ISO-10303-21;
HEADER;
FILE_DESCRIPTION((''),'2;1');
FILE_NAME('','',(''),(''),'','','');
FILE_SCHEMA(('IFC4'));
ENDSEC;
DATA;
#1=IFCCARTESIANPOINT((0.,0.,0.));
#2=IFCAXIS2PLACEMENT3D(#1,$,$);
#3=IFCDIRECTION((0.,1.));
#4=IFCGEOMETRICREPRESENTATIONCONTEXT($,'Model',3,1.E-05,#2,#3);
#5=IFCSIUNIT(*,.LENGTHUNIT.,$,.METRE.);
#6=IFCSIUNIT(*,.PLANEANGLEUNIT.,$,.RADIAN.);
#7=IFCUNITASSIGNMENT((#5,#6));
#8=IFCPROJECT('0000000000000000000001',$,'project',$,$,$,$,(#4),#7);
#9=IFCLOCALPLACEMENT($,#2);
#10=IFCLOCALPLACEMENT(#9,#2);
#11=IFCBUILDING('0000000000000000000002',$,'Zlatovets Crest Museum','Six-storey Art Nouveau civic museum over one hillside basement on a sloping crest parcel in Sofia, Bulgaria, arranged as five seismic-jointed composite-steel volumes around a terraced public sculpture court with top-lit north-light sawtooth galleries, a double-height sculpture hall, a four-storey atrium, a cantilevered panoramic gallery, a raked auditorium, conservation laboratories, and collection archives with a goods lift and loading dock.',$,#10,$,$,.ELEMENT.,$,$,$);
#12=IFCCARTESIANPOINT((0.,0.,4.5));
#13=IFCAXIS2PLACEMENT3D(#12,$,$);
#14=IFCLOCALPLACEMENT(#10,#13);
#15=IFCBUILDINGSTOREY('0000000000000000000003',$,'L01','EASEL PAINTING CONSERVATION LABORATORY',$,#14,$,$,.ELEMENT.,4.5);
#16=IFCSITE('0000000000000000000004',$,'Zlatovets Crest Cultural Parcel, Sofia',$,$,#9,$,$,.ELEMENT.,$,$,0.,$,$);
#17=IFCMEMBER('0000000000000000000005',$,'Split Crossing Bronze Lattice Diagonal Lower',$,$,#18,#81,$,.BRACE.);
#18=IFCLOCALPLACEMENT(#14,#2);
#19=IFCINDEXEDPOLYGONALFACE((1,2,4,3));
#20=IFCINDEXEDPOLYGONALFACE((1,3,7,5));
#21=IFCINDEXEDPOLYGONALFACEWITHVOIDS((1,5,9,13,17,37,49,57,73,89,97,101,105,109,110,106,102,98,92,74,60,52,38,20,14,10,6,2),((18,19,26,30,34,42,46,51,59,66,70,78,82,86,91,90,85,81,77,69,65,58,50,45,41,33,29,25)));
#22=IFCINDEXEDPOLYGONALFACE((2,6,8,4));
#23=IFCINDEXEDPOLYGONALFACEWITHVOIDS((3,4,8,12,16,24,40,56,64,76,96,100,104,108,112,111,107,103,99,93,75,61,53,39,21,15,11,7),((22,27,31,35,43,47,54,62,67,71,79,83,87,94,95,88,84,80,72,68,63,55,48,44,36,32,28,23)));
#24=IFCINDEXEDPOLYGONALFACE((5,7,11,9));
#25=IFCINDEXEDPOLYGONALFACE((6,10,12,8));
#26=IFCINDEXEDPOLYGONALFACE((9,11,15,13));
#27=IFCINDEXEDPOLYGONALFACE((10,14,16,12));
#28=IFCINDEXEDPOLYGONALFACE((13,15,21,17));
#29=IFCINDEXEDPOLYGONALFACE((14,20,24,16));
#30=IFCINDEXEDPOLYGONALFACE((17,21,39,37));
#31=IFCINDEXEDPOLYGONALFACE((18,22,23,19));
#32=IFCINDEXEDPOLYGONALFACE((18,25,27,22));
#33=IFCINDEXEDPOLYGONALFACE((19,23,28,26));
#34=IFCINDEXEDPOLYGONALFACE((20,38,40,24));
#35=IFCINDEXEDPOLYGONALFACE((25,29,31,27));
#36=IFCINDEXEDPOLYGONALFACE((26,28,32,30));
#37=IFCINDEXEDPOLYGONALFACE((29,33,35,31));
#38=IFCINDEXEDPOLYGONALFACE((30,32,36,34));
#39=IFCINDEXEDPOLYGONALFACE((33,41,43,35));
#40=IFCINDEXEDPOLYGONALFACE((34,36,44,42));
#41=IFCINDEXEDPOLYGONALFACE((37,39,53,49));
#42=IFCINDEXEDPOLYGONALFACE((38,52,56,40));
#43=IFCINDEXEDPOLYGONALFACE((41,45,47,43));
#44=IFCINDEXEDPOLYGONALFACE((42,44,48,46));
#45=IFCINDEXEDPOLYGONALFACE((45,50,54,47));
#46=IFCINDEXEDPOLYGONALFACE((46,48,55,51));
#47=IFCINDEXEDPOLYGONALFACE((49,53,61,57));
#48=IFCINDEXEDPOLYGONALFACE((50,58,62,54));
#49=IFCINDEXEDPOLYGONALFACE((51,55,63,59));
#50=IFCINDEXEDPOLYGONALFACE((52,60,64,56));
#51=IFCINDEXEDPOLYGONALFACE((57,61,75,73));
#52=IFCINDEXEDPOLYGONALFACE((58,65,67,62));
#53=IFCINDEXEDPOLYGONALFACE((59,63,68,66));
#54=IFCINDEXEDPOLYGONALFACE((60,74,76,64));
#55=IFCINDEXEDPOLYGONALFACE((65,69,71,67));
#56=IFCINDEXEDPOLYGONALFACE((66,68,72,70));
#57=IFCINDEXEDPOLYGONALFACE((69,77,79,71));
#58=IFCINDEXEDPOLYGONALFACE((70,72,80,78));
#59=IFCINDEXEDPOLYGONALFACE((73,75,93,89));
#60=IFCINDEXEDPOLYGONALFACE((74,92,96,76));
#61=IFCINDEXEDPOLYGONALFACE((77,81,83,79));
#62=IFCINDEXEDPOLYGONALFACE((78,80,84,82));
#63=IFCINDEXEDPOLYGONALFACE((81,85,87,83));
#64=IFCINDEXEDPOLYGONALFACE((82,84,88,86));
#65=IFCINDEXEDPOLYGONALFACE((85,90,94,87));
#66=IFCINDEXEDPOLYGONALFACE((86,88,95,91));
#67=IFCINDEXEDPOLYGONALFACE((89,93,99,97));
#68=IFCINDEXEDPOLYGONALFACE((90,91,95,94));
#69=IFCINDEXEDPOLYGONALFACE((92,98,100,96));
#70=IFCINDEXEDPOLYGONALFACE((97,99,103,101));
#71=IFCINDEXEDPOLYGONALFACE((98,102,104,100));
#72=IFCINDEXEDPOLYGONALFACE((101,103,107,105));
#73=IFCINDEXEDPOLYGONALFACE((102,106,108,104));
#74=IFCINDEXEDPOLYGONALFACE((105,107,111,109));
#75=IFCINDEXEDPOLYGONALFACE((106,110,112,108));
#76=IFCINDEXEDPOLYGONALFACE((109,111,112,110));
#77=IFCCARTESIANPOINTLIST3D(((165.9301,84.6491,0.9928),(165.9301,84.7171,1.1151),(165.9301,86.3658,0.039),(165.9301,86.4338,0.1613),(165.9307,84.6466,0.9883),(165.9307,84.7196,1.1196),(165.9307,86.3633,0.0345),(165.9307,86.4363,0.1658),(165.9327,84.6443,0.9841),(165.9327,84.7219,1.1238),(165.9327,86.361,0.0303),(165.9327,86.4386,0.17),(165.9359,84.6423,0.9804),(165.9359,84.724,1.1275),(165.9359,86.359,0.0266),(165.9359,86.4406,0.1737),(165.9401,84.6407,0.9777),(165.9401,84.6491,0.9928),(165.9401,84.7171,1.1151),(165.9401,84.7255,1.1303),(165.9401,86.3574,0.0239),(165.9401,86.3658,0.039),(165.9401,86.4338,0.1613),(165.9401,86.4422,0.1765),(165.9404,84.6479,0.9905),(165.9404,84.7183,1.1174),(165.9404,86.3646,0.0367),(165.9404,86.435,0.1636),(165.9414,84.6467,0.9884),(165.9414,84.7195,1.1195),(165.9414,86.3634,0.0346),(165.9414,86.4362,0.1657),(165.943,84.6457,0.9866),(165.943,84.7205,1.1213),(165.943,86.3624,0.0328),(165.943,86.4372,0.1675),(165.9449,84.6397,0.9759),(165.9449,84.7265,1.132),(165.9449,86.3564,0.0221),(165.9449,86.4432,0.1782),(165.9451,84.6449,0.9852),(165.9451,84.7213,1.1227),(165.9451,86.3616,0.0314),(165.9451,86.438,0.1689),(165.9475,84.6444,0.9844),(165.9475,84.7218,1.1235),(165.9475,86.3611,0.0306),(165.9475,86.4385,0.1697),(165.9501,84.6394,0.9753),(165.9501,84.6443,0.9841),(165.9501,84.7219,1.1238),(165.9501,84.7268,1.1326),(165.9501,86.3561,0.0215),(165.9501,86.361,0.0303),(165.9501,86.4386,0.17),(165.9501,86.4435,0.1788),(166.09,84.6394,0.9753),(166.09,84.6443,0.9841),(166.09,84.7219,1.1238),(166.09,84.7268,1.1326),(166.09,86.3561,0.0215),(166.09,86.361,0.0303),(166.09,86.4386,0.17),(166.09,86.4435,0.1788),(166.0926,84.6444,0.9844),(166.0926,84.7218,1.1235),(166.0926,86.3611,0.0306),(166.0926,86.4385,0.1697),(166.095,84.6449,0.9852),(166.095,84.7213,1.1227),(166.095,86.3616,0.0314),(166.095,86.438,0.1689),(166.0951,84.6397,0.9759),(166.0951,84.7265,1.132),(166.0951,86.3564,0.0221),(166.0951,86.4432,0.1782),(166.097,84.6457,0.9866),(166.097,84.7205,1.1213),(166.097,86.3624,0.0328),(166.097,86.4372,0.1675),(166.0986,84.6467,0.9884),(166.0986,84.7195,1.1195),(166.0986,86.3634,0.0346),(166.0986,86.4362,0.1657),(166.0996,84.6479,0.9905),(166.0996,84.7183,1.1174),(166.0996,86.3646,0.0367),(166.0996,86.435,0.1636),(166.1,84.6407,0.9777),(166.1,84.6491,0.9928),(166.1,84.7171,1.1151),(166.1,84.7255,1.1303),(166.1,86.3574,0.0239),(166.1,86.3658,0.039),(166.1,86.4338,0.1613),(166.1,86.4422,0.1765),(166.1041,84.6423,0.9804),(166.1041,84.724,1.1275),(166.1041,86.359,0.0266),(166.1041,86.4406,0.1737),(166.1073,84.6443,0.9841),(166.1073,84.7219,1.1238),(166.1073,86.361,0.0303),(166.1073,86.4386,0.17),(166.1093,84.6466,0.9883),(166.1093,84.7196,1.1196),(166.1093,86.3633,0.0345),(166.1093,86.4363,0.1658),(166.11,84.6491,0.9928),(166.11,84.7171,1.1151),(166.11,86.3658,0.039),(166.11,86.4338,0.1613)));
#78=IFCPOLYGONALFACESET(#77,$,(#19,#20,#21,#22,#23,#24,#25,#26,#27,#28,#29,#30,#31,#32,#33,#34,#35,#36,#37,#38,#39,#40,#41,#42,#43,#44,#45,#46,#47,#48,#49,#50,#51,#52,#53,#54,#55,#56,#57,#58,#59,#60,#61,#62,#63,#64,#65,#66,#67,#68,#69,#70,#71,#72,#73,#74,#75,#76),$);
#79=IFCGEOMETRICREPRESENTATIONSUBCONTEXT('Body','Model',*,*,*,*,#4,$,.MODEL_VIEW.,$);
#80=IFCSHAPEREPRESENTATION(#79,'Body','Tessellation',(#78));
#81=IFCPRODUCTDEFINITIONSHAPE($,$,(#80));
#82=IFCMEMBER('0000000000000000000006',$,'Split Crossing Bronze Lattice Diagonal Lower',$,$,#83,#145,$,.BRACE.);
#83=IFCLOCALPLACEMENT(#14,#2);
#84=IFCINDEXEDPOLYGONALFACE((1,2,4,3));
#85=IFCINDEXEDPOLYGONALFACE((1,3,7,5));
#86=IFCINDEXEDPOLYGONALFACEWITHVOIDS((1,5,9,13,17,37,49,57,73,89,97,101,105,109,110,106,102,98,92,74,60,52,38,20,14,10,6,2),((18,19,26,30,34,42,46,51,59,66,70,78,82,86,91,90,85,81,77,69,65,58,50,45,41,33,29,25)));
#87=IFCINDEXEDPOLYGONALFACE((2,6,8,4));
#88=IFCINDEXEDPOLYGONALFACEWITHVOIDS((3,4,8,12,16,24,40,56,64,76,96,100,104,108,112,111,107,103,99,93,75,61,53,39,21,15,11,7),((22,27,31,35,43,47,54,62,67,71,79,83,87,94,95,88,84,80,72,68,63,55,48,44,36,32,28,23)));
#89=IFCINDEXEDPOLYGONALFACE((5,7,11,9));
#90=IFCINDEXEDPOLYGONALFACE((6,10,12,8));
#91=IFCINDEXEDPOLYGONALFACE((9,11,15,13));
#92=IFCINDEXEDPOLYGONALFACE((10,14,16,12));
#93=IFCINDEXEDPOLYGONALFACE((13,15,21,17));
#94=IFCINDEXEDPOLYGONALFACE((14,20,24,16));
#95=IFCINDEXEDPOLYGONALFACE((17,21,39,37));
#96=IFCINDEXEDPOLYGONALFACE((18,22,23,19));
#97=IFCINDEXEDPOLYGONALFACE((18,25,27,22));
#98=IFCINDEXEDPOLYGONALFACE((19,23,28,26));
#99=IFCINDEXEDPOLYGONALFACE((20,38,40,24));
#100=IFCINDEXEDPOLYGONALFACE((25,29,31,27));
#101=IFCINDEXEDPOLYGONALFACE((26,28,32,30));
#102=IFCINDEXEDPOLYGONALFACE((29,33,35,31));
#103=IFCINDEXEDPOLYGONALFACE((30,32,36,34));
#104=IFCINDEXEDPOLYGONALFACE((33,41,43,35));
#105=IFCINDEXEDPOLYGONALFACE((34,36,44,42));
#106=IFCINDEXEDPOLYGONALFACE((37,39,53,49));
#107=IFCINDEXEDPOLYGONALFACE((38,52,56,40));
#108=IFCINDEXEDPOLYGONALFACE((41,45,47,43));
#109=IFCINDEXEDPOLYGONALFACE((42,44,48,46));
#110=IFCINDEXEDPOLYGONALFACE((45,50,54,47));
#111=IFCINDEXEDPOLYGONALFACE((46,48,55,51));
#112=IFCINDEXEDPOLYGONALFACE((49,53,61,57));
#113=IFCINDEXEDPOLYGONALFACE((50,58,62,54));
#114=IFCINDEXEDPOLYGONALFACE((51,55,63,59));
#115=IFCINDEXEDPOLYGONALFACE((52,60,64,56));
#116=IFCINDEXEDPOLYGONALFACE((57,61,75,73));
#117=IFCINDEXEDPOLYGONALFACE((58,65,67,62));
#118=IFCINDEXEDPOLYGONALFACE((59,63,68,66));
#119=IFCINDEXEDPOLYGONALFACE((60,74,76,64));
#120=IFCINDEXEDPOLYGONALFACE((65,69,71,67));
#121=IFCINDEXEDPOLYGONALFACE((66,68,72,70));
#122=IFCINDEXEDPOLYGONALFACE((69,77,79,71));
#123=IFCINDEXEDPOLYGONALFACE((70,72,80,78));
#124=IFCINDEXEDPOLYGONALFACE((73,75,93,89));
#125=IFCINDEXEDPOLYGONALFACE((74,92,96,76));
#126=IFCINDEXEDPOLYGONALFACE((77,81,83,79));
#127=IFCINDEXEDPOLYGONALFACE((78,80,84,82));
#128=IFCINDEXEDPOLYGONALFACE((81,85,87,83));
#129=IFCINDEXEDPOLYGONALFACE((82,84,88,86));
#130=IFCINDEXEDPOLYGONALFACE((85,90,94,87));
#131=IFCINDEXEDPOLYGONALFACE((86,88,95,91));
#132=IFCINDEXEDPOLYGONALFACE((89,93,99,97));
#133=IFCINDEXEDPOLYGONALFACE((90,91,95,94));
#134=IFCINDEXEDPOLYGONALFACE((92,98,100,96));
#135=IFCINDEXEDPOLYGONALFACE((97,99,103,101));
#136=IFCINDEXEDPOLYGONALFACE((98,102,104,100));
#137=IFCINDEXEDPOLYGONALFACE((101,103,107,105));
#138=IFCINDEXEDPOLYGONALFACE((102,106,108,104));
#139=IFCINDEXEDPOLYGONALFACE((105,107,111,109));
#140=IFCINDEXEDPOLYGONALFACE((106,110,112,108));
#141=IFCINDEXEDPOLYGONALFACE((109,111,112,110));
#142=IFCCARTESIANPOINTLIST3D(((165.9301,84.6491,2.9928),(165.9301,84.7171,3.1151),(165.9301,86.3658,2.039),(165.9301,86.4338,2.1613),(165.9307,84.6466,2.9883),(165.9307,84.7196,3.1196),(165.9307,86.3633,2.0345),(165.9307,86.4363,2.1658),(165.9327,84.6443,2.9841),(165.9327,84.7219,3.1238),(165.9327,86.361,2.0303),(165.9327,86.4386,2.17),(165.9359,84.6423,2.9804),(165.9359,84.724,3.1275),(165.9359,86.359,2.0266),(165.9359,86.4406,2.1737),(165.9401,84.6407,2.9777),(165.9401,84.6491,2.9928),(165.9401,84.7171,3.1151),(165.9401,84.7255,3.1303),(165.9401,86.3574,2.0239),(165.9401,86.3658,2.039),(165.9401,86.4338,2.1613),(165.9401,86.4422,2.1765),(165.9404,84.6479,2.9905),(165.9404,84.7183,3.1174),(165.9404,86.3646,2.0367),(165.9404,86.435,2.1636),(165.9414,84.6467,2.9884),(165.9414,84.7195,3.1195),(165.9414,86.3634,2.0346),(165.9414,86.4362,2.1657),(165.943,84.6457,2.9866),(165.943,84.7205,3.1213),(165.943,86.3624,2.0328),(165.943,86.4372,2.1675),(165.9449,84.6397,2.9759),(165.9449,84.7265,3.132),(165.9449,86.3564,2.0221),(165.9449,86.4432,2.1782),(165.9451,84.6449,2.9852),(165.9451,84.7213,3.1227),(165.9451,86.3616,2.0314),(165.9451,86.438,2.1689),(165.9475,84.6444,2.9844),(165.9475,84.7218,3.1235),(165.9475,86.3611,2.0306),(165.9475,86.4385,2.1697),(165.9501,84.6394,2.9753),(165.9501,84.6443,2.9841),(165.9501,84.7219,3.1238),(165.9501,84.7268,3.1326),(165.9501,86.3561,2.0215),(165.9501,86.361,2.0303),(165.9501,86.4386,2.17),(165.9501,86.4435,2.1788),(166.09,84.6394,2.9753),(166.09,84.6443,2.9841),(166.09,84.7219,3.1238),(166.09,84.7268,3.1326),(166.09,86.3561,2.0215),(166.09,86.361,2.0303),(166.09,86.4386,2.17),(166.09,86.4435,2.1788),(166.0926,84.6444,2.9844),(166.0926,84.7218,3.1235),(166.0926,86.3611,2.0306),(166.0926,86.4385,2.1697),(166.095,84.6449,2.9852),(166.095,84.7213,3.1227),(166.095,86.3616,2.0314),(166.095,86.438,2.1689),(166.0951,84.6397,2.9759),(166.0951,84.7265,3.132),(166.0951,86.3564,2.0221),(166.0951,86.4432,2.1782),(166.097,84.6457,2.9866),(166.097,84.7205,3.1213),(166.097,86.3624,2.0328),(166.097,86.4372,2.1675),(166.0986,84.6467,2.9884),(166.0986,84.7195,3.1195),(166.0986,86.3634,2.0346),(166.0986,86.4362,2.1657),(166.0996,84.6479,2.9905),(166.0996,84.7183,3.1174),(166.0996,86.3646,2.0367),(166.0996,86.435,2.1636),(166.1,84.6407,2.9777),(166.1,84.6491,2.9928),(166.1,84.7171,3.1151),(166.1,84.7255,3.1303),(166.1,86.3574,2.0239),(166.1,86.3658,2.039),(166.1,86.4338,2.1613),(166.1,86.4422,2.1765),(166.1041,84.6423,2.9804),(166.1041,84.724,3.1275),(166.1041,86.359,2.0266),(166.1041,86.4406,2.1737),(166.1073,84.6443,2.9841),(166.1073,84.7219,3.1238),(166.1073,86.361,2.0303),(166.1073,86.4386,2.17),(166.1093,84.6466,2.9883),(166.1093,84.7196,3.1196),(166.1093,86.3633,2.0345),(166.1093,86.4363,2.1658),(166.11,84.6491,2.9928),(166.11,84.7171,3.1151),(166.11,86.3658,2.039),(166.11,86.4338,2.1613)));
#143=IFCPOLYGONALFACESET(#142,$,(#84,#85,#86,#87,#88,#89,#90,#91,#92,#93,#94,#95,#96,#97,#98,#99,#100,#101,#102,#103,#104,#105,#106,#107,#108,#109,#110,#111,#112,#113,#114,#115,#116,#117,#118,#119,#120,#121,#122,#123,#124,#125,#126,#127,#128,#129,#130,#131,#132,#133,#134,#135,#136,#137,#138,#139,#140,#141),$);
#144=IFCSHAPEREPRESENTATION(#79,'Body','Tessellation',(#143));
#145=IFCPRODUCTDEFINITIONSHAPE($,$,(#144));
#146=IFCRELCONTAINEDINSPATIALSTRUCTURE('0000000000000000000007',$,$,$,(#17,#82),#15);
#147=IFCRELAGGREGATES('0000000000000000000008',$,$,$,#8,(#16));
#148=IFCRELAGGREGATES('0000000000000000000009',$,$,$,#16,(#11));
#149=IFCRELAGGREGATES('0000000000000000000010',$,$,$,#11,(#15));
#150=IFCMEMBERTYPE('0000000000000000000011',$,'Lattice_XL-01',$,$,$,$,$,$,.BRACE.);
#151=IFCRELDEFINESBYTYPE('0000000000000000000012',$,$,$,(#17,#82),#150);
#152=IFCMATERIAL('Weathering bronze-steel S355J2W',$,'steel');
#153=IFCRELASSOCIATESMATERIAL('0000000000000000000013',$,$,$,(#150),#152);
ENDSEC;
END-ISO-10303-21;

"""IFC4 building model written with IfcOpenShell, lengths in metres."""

from ifc_helpers import new_model, si_unit, direction, frame, origin, origin_2d, place, context, subcontext, project, spatial, hollow_rectangle, extrude, material, material_profile, profile_set, type_object, element, save


model = new_model("IFC4")

# Units and contexts
model_context = context("Model", 3, precision=1e-05, world=origin(), true_north=direction((0.0, 1.0)))
body_context = subcontext(model_context, "Body", "Model", "MODEL_VIEW")
ifc_project = project(units=[si_unit("LENGTHUNIT", "METRE"), si_unit("PLANEANGLEUNIT", "RADIAN")], contexts=[model_context])

# Site, building, storey
site_placement = place(None, origin())
site = spatial("IfcSite", under=ifc_project, at=site_placement, Name="Zlatovets Crest Cultural Parcel, Sofia", CompositionType="ELEMENT", RefElevation=0.0)
building_placement = place(site_placement, origin())
building = spatial("IfcBuilding", under=site, at=building_placement, Name="Zlatovets Crest Museum", Description="Six-storey Art Nouveau civic museum over one hillside basement on a sloping crest parcel in Sofia, Bulgaria, arranged as five seismic-jointed composite-steel volumes around a terraced public sculpture court with top-lit north-light sawtooth galleries, a double-height sculpture hall, a four-storey atrium, a cantilevered panoramic gallery, a raked auditorium, conservation laboratories, and collection archives with a goods lift and loading dock.", CompositionType="ELEMENT")
storey_placement = place(building_placement, frame((0.0, 0.0, 4.5)))
storey = spatial("IfcBuildingStorey", under=building, at=storey_placement, Name="L01", Description="EASEL PAINTING CONSERVATION LABORATORY", CompositionType="ELEMENT", Elevation=4.5)

# Members
ifc_material_1 = material(Name="Weathering bronze-steel S355J2W", Category="steel")
ifc_material_profile_1 = material_profile(ifc_material_1, hollow_rectangle(XDim=0.1799, YDim=0.1799, WallThickness=0.01, InnerFilletRadius=0.01, OuterFilletRadius=0.02, at=origin_2d()), Name="SHS 180x180x10.0")
ifc_profile_set_1 = profile_set([ifc_material_profile_1], Name="Weathering bronze-steel S355J2W")
member_type_1 = type_object("IfcMemberType", Name="Lattice_XL-01", PredefinedType="BRACE", material=ifc_profile_set_1)
for number, where, z_axis, x_axis, name in (
    (1, (166.02, 84.6831, 1.054), (0.0, 0.87414, -0.485675), (-1.0, 0.0, 0.0), "Split Crossing Bronze Lattice Diagonal Lower"),
    (2, (166.02, 84.6831, 3.054), (0.0, 0.87414, -0.485675), (-1.0, 0.0, 0.0), "Split Crossing Bronze Lattice Diagonal Lower"),
):
    element("IfcMember", number, at=place(storey_placement, frame(where, z_axis=z_axis, x_axis=x_axis)), inside=storey, type_object=member_type_1, Name=name, PredefinedType="BRACE", context=body_context, shape_type="SweptSolid", body=[
        extrude(hollow_rectangle(XDim=0.1799, YDim=0.1799, WallThickness=0.01, InnerFilletRadius=0.01, OuterFilletRadius=0.02, at=origin_2d()), origin(), (0.0, 0.0, 1.0), 1.9639),
    ])

save(model, "model.ifc")
